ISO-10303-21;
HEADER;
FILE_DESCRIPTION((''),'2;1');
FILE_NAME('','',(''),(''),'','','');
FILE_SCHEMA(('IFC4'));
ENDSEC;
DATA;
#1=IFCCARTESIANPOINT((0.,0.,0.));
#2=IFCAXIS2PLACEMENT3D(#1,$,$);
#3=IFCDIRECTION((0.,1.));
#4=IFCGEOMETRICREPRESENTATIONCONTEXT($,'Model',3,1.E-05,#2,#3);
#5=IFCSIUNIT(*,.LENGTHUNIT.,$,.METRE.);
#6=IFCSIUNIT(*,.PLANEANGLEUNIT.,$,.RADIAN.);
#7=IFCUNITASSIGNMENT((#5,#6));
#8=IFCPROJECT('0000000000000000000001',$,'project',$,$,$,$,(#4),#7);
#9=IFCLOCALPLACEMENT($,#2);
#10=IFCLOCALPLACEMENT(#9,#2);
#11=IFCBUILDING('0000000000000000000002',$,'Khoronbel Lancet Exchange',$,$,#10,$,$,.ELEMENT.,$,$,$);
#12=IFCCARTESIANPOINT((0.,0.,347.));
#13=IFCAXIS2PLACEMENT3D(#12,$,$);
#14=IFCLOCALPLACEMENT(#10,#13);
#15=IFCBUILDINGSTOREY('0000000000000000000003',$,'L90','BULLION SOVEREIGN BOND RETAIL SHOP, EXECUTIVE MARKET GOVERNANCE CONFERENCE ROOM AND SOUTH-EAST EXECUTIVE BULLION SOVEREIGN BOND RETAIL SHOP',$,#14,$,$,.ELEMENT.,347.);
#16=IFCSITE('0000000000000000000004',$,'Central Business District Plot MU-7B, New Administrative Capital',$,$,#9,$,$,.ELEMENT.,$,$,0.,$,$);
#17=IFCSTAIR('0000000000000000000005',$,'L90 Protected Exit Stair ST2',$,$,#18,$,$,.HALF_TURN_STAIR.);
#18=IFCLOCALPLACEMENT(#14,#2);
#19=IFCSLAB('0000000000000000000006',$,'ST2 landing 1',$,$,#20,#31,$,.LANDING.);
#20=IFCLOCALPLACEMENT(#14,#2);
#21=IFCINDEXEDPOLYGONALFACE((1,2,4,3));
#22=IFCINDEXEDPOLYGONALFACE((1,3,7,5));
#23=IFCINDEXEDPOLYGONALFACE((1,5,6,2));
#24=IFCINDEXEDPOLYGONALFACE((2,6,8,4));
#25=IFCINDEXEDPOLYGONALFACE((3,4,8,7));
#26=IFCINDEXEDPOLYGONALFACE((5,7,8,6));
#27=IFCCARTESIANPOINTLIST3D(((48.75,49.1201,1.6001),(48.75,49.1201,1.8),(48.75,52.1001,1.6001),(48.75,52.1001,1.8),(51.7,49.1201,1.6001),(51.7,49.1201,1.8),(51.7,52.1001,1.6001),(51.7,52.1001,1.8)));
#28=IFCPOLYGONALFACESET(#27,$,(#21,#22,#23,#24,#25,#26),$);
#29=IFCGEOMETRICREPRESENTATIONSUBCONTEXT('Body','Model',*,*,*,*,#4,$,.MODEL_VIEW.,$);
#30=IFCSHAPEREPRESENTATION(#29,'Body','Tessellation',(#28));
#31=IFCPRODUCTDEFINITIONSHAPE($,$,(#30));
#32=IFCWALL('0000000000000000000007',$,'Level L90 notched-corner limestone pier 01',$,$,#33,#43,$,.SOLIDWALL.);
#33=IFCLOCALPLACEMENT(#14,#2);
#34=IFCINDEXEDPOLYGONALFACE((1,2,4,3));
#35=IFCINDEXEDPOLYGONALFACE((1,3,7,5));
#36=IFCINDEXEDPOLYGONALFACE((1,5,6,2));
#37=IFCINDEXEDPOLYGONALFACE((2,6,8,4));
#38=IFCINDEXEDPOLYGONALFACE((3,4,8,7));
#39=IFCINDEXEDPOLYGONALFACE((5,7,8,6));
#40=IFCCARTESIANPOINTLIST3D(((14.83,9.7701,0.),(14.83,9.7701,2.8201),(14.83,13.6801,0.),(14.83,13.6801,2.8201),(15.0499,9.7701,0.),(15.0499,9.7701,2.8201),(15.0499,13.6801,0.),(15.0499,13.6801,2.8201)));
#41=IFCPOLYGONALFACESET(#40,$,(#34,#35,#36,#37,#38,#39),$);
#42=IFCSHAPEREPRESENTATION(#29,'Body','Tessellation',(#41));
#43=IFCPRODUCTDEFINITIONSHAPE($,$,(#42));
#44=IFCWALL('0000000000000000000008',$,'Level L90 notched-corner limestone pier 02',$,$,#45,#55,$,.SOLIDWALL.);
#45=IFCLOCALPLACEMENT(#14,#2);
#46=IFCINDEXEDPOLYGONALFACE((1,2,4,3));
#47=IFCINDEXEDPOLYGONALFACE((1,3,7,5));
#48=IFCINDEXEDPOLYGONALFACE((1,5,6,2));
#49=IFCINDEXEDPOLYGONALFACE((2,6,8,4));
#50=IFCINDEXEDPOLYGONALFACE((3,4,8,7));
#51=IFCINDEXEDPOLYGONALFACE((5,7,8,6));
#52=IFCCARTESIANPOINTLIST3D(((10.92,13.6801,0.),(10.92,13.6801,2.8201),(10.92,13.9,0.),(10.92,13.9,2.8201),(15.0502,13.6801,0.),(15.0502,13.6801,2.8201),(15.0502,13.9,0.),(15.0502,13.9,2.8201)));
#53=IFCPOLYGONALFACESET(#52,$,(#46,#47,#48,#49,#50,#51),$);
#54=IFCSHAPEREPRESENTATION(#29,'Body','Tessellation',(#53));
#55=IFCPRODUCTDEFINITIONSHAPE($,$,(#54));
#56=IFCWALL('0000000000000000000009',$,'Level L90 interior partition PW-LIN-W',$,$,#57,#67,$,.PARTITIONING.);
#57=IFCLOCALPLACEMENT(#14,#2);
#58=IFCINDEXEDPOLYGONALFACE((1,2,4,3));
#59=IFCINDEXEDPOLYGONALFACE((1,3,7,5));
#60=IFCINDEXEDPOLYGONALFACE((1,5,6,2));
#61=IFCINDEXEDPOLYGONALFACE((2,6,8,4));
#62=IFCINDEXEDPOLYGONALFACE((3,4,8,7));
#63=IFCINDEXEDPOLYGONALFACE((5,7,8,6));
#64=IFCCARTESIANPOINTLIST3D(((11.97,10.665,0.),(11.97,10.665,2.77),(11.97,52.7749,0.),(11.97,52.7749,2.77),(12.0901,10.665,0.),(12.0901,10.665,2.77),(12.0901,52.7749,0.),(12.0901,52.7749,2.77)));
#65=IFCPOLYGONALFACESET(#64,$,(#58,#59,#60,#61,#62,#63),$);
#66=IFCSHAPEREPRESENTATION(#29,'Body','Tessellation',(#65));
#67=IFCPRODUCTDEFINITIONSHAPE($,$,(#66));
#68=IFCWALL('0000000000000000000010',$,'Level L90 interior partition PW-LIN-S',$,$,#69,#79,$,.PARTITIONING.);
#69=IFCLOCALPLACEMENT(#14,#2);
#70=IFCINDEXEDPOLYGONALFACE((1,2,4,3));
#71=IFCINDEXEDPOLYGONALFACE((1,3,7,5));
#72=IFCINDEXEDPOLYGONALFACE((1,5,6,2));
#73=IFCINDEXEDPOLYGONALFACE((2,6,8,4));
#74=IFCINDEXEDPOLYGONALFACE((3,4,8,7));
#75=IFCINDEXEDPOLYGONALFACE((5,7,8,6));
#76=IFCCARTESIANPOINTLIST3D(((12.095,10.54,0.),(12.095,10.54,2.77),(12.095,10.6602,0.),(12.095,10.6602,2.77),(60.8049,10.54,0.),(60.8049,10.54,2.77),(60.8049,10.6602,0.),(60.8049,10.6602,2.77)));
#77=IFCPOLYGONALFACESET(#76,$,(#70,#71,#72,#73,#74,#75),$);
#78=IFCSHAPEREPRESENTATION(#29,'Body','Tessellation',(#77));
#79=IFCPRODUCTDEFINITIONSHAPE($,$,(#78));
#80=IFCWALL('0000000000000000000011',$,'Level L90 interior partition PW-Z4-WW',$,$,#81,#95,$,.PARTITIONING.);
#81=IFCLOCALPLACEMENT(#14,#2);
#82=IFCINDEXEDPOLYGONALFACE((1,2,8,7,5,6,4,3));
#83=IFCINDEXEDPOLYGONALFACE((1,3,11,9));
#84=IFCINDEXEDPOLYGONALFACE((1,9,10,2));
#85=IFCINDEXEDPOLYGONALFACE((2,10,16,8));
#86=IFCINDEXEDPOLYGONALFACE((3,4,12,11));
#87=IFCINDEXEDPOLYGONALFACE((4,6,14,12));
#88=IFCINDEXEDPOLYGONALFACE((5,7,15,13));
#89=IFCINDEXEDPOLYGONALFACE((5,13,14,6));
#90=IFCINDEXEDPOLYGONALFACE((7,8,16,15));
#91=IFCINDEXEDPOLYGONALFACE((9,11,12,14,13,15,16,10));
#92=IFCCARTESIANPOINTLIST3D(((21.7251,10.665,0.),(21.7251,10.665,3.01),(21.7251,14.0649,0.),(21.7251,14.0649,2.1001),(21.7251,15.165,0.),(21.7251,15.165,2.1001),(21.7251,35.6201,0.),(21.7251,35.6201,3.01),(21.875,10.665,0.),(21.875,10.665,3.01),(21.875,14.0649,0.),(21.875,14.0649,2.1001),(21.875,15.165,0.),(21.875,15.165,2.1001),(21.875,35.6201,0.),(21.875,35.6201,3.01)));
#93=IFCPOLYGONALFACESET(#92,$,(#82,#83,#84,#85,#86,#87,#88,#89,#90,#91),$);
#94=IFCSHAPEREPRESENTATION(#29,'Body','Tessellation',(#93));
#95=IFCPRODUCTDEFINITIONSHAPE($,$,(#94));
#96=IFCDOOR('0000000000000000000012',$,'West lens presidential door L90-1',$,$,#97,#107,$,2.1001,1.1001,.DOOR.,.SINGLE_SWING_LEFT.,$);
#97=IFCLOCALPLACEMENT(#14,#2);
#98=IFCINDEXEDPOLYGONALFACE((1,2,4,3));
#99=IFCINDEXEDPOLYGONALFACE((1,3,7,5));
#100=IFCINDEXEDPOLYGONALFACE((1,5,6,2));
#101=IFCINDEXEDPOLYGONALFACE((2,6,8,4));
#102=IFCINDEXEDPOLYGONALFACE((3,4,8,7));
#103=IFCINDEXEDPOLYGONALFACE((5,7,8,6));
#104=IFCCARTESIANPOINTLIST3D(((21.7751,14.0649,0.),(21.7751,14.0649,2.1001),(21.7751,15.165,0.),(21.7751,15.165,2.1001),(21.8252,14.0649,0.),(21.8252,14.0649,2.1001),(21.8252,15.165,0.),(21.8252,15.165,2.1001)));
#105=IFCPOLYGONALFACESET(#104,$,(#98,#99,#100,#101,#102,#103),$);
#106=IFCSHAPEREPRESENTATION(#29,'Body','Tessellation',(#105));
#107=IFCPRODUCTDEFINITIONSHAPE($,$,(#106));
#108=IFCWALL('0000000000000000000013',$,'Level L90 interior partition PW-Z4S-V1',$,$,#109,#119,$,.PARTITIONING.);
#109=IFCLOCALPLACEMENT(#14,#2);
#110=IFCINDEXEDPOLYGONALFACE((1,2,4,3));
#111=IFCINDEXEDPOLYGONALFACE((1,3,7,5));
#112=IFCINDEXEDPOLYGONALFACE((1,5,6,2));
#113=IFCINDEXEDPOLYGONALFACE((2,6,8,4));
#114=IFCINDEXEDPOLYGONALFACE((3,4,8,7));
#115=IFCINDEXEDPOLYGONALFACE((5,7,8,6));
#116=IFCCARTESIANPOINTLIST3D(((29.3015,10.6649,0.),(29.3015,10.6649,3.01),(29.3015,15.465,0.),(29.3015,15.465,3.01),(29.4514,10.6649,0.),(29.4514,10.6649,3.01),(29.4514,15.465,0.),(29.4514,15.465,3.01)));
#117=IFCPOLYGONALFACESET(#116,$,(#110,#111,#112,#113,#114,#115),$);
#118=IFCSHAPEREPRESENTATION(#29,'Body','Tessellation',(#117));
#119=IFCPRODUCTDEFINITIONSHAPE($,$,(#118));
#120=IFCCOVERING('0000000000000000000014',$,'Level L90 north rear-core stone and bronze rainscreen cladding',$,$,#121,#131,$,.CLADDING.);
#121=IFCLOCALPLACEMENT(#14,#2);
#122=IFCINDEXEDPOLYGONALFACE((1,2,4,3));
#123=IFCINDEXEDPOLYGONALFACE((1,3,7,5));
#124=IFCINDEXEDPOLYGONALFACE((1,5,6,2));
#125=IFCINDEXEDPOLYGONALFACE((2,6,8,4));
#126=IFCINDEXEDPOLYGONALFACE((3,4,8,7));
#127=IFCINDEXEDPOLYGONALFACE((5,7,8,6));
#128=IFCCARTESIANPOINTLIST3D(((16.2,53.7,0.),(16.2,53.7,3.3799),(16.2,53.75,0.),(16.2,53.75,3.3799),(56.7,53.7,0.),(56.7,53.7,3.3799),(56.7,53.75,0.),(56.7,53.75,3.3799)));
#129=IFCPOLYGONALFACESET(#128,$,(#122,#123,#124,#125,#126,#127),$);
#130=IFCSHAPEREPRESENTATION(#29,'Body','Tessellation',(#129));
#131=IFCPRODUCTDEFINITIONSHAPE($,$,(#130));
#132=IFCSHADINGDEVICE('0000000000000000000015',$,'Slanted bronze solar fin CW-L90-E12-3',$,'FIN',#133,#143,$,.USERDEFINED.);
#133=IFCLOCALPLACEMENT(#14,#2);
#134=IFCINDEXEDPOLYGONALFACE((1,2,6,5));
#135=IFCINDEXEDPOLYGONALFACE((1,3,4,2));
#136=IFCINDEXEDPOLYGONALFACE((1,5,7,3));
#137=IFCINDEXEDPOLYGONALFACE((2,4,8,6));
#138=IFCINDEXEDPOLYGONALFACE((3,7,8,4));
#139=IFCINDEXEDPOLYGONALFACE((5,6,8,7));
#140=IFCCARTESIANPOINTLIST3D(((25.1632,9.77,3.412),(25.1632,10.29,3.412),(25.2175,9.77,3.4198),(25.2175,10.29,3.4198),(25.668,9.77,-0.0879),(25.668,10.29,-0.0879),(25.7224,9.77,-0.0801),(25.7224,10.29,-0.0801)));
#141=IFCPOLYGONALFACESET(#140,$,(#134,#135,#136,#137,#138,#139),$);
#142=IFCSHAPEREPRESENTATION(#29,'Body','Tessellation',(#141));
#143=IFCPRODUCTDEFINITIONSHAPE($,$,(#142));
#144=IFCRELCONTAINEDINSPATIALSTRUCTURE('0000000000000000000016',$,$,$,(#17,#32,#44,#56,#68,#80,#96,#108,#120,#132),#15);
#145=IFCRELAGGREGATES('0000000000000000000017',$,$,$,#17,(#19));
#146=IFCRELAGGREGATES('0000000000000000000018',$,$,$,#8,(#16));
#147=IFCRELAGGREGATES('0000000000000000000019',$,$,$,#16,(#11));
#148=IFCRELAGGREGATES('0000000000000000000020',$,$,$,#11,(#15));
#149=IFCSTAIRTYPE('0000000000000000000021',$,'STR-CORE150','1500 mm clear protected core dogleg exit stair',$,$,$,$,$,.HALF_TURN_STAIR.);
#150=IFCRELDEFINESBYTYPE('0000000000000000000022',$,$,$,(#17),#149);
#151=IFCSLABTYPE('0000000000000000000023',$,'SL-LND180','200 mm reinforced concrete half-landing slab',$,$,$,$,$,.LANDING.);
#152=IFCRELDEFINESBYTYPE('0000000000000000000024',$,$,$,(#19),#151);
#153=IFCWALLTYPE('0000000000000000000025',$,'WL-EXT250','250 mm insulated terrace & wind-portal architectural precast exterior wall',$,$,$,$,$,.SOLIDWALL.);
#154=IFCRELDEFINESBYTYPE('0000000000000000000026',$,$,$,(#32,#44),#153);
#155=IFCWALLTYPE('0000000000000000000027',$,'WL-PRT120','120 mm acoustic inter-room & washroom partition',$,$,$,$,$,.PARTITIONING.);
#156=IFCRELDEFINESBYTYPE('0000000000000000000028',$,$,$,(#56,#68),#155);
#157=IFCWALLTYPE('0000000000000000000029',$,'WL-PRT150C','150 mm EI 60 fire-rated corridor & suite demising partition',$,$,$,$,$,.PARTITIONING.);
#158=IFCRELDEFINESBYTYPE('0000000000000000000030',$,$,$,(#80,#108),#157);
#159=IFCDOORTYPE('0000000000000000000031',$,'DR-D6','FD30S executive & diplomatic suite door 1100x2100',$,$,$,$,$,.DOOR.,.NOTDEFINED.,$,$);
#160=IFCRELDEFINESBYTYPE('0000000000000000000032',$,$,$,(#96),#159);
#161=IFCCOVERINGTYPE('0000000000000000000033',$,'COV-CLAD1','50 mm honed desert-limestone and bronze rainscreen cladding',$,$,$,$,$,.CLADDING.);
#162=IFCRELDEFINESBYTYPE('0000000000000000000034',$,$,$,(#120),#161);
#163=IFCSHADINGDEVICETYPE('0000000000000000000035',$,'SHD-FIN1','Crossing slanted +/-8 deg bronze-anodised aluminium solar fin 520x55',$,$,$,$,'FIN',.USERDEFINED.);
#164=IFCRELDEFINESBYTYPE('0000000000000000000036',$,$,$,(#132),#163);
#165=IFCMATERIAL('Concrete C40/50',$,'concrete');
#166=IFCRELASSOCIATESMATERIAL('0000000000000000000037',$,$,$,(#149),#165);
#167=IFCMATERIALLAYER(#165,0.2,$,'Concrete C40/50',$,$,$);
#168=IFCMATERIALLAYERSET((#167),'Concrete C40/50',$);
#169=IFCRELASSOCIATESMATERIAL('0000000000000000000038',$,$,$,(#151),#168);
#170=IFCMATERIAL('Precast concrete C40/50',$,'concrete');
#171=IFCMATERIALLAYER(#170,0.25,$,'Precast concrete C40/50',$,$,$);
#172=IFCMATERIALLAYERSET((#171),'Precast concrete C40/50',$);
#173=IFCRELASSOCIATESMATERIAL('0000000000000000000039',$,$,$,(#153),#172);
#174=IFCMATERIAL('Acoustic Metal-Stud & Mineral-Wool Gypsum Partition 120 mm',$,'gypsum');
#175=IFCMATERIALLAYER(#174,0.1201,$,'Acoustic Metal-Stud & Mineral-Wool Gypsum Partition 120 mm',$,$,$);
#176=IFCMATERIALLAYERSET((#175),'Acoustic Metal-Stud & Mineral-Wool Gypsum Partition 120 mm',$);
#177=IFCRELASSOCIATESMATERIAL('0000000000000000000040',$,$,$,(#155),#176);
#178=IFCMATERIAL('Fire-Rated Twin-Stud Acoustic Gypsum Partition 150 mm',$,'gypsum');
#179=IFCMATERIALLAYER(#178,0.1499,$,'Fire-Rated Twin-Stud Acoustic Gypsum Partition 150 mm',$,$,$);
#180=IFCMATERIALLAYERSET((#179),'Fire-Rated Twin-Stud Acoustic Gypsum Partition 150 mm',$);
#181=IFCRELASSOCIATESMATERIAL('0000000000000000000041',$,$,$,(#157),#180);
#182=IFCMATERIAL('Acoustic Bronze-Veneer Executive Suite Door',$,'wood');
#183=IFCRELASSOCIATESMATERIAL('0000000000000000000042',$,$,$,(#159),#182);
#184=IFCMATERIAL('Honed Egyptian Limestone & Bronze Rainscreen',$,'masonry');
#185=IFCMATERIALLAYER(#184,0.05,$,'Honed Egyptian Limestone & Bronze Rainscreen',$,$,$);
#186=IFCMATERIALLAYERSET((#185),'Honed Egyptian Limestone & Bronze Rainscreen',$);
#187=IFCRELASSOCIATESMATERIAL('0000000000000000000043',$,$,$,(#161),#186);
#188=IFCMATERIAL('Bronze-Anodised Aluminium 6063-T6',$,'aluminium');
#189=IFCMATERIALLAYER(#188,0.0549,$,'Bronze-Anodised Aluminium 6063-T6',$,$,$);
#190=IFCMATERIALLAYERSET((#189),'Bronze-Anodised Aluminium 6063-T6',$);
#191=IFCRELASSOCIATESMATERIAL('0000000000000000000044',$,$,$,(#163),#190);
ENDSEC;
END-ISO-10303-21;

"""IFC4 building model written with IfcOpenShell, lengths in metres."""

from ifc_helpers import new_model, si_unit, direction, frame, frame_2d, origin, place, context, subcontext, project, spatial, polyline, rectangle, outline, extrude, material, layer, layer_set, type_object, element, fill, aggregate, save


model = new_model("IFC4")

# Units and contexts
model_context = context("Model", 3, precision=1e-05, world=origin(), true_north=direction((0.0, 1.0)))
body_context = subcontext(model_context, "Body", "Model", "MODEL_VIEW")
ifc_project = project(units=[si_unit("LENGTHUNIT", "METRE"), si_unit("PLANEANGLEUNIT", "RADIAN")], contexts=[model_context])

# Site, building, storey
site_placement = place(None, origin())
site = spatial("IfcSite", under=ifc_project, at=site_placement, Name="Central Business District Plot MU-7B, New Administrative Capital", CompositionType="ELEMENT", RefElevation=0.0)
building_placement = place(site_placement, origin())
building = spatial("IfcBuilding", under=site, at=building_placement, Name="Khoronbel Lancet Exchange", CompositionType="ELEMENT")
storey_placement = place(building_placement, frame((0.0, 0.0, 347.0)))
storey = spatial("IfcBuildingStorey", under=building, at=storey_placement, Name="L90", Description="BULLION SOVEREIGN BOND RETAIL SHOP, EXECUTIVE MARKET GOVERNANCE CONFERENCE ROOM AND SOUTH-EAST EXECUTIVE BULLION SOVEREIGN BOND RETAIL SHOP", CompositionType="ELEMENT", Elevation=347.0)

# Shared definitions
ifc_material_1 = material(Name="Bronze-Anodised Aluminium 6063-T6", Category="aluminium")

# Shared definitions
ifc_material_2 = material(Name="Concrete C40/50", Category="concrete")

# Stair, slab
stair_type = type_object("IfcStairType", Name="STR-CORE150", Description="1500 mm clear protected core dogleg exit stair", PredefinedType="HALF_TURN_STAIR", material=ifc_material_2)
ifc_layer_1 = layer(ifc_material_2, 0.2, Name="Concrete C40/50")
ifc_layer_set_1 = layer_set([ifc_layer_1], Name="Concrete C40/50")
slab_type_1 = type_object("IfcSlabType", Name="SL-LND180", Description="200 mm reinforced concrete half-landing slab", PredefinedType="LANDING", material=ifc_layer_set_1)
stair_1_placement = place(storey_placement, origin())
stair_1 = element("IfcStair", 1, at=stair_1_placement, inside=storey, type_object=stair_type, Name="L90 Protected Exit Stair ST2", PredefinedType="HALF_TURN_STAIR")
slab_1_placement = place(storey_placement, frame((0.0, 0.0, 1.6001)))
slab_1 = element("IfcSlab", 2, at=slab_1_placement, type_object=slab_type_1, Name="ST2 landing 1", PredefinedType="LANDING", context=body_context, shape_type="SweptSolid", body=[
    extrude(outline(polyline([(51.7, 52.1001), (48.75, 52.1001), (48.75, 49.1201), (51.7, 49.1201), (51.7, 52.1001)])), origin(), (0.0, 0.0, 1.0), 0.2),
])
aggregate(stair_1, [slab_1])

# Walls
ifc_material_3 = material(Name="Precast concrete C40/50", Category="concrete")
ifc_layer_2 = layer(ifc_material_3, 0.25, Name="Precast concrete C40/50")
ifc_layer_set_2 = layer_set([ifc_layer_2], Name="Precast concrete C40/50")
wall_type_1 = type_object("IfcWallType", Name="WL-EXT250", Description="250 mm insulated terrace & wind-portal architectural precast exterior wall", PredefinedType="SOLIDWALL", material=ifc_layer_set_2)
wall_1_placement = place(storey_placement, frame((14.9399, 9.77, 0.0), z_axis=(0.0, 0.0, 1.0), x_axis=(0.0, 1.0, 0.0)))
element("IfcWall", 3, at=wall_1_placement, inside=storey, type_object=wall_type_1, Name="Level L90 notched-corner limestone pier 01", PredefinedType="SOLIDWALL", context=body_context, shape_type="SweptSolid", body=[
    extrude(rectangle(XDim=3.9099, YDim=0.22, at=frame_2d((1.9551, 0.0))), origin(), (0.0, 0.0, 1.0), 2.8201),
])
wall_2_placement = place(storey_placement, frame((15.05, 13.79, 0.0), z_axis=(0.0, 0.0, 1.0), x_axis=(-1.0, 0.0, 0.0)))
element("IfcWall", 4, at=wall_2_placement, inside=storey, type_object=wall_type_1, Name="Level L90 notched-corner limestone pier 02", PredefinedType="SOLIDWALL", context=body_context, shape_type="SweptSolid", body=[
    extrude(rectangle(XDim=4.1301, YDim=0.22, at=frame_2d((2.0649, 0.0))), origin(), (0.0, 0.0, 1.0), 2.8201),
])
ifc_material_4 = material(Name="Acoustic Metal-Stud & Mineral-Wool Gypsum Partition 120 mm", Category="gypsum")
ifc_layer_3 = layer(ifc_material_4, 0.1201, Name="Acoustic Metal-Stud & Mineral-Wool Gypsum Partition 120 mm")
ifc_layer_set_3 = layer_set([ifc_layer_3], Name="Acoustic Metal-Stud & Mineral-Wool Gypsum Partition 120 mm")
wall_type_2 = type_object("IfcWallType", Name="WL-PRT120", Description="120 mm acoustic inter-room & washroom partition", PredefinedType="PARTITIONING", material=ifc_layer_set_3)
wall_3_placement = place(storey_placement, frame((12.03, 10.665, 0.0), z_axis=(0.0, 0.0, 1.0), x_axis=(0.0, 1.0, 0.0)))
element("IfcWall", 5, at=wall_3_placement, inside=storey, type_object=wall_type_2, Name="Level L90 interior partition PW-LIN-W", PredefinedType="PARTITIONING", context=body_context, shape_type="SweptSolid", body=[
    extrude(rectangle(XDim=42.1099, YDim=0.1201, at=frame_2d((21.0549, 0.0))), origin(), (0.0, 0.0, 1.0), 2.77),
])
wall_4_placement = place(storey_placement, frame((12.095, 10.6001, 0.0), z_axis=(0.0, 0.0, 1.0), x_axis=(1.0, 0.0, 0.0)))
element("IfcWall", 6, at=wall_4_placement, inside=storey, type_object=wall_type_2, Name="Level L90 interior partition PW-LIN-S", PredefinedType="PARTITIONING", context=body_context, shape_type="SweptSolid", body=[
    extrude(rectangle(XDim=48.71, YDim=0.1201, at=frame_2d((24.355, 0.0))), origin(), (0.0, 0.0, 1.0), 2.77),
])

# Wall, opening, door
ifc_material_5 = material(Name="Fire-Rated Twin-Stud Acoustic Gypsum Partition 150 mm", Category="gypsum")
ifc_layer_4 = layer(ifc_material_5, 0.1499, Name="Fire-Rated Twin-Stud Acoustic Gypsum Partition 150 mm")
ifc_layer_set_4 = layer_set([ifc_layer_4], Name="Fire-Rated Twin-Stud Acoustic Gypsum Partition 150 mm")
wall_type_3 = type_object("IfcWallType", Name="WL-PRT150C", Description="150 mm EI 60 fire-rated corridor & suite demising partition", PredefinedType="PARTITIONING", material=ifc_layer_set_4)
wall_5_placement = place(storey_placement, frame((21.8, 10.665, 0.0), z_axis=(0.0, 0.0, 1.0), x_axis=(0.0, 1.0, 0.0)))
wall_5 = element("IfcWall", 7, at=wall_5_placement, inside=storey, type_object=wall_type_3, Name="Level L90 interior partition PW-Z4-WW", PredefinedType="PARTITIONING", context=body_context, shape_type="SweptSolid", body=[
    extrude(rectangle(XDim=24.9551, YDim=0.1499, at=frame_2d((12.4775, 0.0))), origin(), (0.0, 0.0, 1.0), 3.01),
])
opening_placement = place(wall_5_placement, frame((3.3999, 0.0, 0.0)))
opening = element("IfcOpeningElement", 8, at=opening_placement, cuts=wall_5, PredefinedType="OPENING", context=body_context, shape_type="SweptSolid", body=[
    extrude(rectangle(XDim=1.1001, YDim=2.1001, at=frame_2d((0.55, 1.05))), frame((0.0, 0.085, 0.0), z_axis=(0.0, -1.0, 0.0), x_axis=(1.0, 0.0, 0.0)), (0.0, 0.0, 1.0), 0.1699),
])
ifc_material_6 = material(Name="Acoustic Bronze-Veneer Executive Suite Door", Category="wood")
door_type = type_object("IfcDoorType", Name="DR-D6", Description="FD30S executive & diplomatic suite door 1100x2100", OperationType="NOTDEFINED", PredefinedType="DOOR", material=ifc_material_6)
door_placement = place(opening_placement, origin())
door = element("IfcDoor", 9, at=door_placement, inside=storey, type_object=door_type, Name="West lens presidential door L90-1", OperationType="SINGLE_SWING_LEFT", OverallHeight=2.1001, OverallWidth=1.1001, PredefinedType="DOOR", context=body_context, shape_type="SweptSolid", body=[
    extrude(rectangle(XDim=1.1001, YDim=2.1001, at=frame_2d((0.55, 1.05))), frame((0.0, 0.0249, 0.0), z_axis=(0.0, -1.0, 0.0), x_axis=(1.0, 0.0, 0.0)), (0.0, 0.0, 1.0), 0.05),
])
fill(opening, door)

# Wall
wall_6_placement = place(storey_placement, frame((29.3765, 10.665, 0.0), z_axis=(0.0, 0.0, 1.0), x_axis=(0.0, 1.0, 0.0)))
element("IfcWall", 10, at=wall_6_placement, inside=storey, type_object=wall_type_3, Name="Level L90 interior partition PW-Z4S-V1", PredefinedType="PARTITIONING", context=body_context, shape_type="SweptSolid", body=[
    extrude(rectangle(XDim=4.8, YDim=0.1499, at=frame_2d((2.3999, 0.0))), origin(), (0.0, 0.0, 1.0), 3.01),
])

# Covering
ifc_material_7 = material(Name="Honed Egyptian Limestone & Bronze Rainscreen", Category="masonry")
ifc_layer_5 = layer(ifc_material_7, 0.05, Name="Honed Egyptian Limestone & Bronze Rainscreen")
ifc_layer_set_5 = layer_set([ifc_layer_5], Name="Honed Egyptian Limestone & Bronze Rainscreen")
covering_type = type_object("IfcCoveringType", Name="COV-CLAD1", Description="50 mm honed desert-limestone and bronze rainscreen cladding", PredefinedType="CLADDING", material=ifc_layer_set_5)
covering_placement = place(storey_placement, origin())
element("IfcCovering", 11, at=covering_placement, inside=storey, type_object=covering_type, Name="Level L90 north rear-core stone and bronze rainscreen cladding", PredefinedType="CLADDING", context=body_context, shape_type="SweptSolid", body=[
    extrude(outline(polyline([(16.2, 53.7), (56.7, 53.7), (56.7, 53.75), (16.2, 53.75), (16.2, 53.7)])), origin(), (0.0, 0.0, 1.0), 3.3799),
])

# Shading device
ifc_layer_6 = layer(ifc_material_1, 0.0549, Name="Bronze-Anodised Aluminium 6063-T6")
ifc_layer_set_6 = layer_set([ifc_layer_6], Name="Bronze-Anodised Aluminium 6063-T6")
shading_device_type = type_object("IfcShadingDeviceType", Name="SHD-FIN1", Description="Crossing slanted +/-8 deg bronze-anodised aluminium solar fin 520x55", ElementType="FIN", PredefinedType="USERDEFINED", material=ifc_layer_set_6)
shading_device_placement = place(storey_placement, frame((25.7224, 9.77, -0.0801), z_axis=(0.989755, 0.0, 0.142774), x_axis=(0.0, 1.0, 0.0)))
element("IfcShadingDevice", 12, at=shading_device_placement, inside=storey, type_object=shading_device_type, Name="Slanted bronze solar fin CW-L90-E12-3", ObjectType="FIN", PredefinedType="USERDEFINED", context=body_context, shape_type="SweptSolid", body=[
    extrude(outline(polyline([(0.0, 0.0), (0.52, 0.0), (0.52, 3.5361), (0.0, 3.5361), (0.0, 0.0)])), origin(), (0.0, 0.0, -1.0), 0.0549),
])

save(model, "model.ifc")
